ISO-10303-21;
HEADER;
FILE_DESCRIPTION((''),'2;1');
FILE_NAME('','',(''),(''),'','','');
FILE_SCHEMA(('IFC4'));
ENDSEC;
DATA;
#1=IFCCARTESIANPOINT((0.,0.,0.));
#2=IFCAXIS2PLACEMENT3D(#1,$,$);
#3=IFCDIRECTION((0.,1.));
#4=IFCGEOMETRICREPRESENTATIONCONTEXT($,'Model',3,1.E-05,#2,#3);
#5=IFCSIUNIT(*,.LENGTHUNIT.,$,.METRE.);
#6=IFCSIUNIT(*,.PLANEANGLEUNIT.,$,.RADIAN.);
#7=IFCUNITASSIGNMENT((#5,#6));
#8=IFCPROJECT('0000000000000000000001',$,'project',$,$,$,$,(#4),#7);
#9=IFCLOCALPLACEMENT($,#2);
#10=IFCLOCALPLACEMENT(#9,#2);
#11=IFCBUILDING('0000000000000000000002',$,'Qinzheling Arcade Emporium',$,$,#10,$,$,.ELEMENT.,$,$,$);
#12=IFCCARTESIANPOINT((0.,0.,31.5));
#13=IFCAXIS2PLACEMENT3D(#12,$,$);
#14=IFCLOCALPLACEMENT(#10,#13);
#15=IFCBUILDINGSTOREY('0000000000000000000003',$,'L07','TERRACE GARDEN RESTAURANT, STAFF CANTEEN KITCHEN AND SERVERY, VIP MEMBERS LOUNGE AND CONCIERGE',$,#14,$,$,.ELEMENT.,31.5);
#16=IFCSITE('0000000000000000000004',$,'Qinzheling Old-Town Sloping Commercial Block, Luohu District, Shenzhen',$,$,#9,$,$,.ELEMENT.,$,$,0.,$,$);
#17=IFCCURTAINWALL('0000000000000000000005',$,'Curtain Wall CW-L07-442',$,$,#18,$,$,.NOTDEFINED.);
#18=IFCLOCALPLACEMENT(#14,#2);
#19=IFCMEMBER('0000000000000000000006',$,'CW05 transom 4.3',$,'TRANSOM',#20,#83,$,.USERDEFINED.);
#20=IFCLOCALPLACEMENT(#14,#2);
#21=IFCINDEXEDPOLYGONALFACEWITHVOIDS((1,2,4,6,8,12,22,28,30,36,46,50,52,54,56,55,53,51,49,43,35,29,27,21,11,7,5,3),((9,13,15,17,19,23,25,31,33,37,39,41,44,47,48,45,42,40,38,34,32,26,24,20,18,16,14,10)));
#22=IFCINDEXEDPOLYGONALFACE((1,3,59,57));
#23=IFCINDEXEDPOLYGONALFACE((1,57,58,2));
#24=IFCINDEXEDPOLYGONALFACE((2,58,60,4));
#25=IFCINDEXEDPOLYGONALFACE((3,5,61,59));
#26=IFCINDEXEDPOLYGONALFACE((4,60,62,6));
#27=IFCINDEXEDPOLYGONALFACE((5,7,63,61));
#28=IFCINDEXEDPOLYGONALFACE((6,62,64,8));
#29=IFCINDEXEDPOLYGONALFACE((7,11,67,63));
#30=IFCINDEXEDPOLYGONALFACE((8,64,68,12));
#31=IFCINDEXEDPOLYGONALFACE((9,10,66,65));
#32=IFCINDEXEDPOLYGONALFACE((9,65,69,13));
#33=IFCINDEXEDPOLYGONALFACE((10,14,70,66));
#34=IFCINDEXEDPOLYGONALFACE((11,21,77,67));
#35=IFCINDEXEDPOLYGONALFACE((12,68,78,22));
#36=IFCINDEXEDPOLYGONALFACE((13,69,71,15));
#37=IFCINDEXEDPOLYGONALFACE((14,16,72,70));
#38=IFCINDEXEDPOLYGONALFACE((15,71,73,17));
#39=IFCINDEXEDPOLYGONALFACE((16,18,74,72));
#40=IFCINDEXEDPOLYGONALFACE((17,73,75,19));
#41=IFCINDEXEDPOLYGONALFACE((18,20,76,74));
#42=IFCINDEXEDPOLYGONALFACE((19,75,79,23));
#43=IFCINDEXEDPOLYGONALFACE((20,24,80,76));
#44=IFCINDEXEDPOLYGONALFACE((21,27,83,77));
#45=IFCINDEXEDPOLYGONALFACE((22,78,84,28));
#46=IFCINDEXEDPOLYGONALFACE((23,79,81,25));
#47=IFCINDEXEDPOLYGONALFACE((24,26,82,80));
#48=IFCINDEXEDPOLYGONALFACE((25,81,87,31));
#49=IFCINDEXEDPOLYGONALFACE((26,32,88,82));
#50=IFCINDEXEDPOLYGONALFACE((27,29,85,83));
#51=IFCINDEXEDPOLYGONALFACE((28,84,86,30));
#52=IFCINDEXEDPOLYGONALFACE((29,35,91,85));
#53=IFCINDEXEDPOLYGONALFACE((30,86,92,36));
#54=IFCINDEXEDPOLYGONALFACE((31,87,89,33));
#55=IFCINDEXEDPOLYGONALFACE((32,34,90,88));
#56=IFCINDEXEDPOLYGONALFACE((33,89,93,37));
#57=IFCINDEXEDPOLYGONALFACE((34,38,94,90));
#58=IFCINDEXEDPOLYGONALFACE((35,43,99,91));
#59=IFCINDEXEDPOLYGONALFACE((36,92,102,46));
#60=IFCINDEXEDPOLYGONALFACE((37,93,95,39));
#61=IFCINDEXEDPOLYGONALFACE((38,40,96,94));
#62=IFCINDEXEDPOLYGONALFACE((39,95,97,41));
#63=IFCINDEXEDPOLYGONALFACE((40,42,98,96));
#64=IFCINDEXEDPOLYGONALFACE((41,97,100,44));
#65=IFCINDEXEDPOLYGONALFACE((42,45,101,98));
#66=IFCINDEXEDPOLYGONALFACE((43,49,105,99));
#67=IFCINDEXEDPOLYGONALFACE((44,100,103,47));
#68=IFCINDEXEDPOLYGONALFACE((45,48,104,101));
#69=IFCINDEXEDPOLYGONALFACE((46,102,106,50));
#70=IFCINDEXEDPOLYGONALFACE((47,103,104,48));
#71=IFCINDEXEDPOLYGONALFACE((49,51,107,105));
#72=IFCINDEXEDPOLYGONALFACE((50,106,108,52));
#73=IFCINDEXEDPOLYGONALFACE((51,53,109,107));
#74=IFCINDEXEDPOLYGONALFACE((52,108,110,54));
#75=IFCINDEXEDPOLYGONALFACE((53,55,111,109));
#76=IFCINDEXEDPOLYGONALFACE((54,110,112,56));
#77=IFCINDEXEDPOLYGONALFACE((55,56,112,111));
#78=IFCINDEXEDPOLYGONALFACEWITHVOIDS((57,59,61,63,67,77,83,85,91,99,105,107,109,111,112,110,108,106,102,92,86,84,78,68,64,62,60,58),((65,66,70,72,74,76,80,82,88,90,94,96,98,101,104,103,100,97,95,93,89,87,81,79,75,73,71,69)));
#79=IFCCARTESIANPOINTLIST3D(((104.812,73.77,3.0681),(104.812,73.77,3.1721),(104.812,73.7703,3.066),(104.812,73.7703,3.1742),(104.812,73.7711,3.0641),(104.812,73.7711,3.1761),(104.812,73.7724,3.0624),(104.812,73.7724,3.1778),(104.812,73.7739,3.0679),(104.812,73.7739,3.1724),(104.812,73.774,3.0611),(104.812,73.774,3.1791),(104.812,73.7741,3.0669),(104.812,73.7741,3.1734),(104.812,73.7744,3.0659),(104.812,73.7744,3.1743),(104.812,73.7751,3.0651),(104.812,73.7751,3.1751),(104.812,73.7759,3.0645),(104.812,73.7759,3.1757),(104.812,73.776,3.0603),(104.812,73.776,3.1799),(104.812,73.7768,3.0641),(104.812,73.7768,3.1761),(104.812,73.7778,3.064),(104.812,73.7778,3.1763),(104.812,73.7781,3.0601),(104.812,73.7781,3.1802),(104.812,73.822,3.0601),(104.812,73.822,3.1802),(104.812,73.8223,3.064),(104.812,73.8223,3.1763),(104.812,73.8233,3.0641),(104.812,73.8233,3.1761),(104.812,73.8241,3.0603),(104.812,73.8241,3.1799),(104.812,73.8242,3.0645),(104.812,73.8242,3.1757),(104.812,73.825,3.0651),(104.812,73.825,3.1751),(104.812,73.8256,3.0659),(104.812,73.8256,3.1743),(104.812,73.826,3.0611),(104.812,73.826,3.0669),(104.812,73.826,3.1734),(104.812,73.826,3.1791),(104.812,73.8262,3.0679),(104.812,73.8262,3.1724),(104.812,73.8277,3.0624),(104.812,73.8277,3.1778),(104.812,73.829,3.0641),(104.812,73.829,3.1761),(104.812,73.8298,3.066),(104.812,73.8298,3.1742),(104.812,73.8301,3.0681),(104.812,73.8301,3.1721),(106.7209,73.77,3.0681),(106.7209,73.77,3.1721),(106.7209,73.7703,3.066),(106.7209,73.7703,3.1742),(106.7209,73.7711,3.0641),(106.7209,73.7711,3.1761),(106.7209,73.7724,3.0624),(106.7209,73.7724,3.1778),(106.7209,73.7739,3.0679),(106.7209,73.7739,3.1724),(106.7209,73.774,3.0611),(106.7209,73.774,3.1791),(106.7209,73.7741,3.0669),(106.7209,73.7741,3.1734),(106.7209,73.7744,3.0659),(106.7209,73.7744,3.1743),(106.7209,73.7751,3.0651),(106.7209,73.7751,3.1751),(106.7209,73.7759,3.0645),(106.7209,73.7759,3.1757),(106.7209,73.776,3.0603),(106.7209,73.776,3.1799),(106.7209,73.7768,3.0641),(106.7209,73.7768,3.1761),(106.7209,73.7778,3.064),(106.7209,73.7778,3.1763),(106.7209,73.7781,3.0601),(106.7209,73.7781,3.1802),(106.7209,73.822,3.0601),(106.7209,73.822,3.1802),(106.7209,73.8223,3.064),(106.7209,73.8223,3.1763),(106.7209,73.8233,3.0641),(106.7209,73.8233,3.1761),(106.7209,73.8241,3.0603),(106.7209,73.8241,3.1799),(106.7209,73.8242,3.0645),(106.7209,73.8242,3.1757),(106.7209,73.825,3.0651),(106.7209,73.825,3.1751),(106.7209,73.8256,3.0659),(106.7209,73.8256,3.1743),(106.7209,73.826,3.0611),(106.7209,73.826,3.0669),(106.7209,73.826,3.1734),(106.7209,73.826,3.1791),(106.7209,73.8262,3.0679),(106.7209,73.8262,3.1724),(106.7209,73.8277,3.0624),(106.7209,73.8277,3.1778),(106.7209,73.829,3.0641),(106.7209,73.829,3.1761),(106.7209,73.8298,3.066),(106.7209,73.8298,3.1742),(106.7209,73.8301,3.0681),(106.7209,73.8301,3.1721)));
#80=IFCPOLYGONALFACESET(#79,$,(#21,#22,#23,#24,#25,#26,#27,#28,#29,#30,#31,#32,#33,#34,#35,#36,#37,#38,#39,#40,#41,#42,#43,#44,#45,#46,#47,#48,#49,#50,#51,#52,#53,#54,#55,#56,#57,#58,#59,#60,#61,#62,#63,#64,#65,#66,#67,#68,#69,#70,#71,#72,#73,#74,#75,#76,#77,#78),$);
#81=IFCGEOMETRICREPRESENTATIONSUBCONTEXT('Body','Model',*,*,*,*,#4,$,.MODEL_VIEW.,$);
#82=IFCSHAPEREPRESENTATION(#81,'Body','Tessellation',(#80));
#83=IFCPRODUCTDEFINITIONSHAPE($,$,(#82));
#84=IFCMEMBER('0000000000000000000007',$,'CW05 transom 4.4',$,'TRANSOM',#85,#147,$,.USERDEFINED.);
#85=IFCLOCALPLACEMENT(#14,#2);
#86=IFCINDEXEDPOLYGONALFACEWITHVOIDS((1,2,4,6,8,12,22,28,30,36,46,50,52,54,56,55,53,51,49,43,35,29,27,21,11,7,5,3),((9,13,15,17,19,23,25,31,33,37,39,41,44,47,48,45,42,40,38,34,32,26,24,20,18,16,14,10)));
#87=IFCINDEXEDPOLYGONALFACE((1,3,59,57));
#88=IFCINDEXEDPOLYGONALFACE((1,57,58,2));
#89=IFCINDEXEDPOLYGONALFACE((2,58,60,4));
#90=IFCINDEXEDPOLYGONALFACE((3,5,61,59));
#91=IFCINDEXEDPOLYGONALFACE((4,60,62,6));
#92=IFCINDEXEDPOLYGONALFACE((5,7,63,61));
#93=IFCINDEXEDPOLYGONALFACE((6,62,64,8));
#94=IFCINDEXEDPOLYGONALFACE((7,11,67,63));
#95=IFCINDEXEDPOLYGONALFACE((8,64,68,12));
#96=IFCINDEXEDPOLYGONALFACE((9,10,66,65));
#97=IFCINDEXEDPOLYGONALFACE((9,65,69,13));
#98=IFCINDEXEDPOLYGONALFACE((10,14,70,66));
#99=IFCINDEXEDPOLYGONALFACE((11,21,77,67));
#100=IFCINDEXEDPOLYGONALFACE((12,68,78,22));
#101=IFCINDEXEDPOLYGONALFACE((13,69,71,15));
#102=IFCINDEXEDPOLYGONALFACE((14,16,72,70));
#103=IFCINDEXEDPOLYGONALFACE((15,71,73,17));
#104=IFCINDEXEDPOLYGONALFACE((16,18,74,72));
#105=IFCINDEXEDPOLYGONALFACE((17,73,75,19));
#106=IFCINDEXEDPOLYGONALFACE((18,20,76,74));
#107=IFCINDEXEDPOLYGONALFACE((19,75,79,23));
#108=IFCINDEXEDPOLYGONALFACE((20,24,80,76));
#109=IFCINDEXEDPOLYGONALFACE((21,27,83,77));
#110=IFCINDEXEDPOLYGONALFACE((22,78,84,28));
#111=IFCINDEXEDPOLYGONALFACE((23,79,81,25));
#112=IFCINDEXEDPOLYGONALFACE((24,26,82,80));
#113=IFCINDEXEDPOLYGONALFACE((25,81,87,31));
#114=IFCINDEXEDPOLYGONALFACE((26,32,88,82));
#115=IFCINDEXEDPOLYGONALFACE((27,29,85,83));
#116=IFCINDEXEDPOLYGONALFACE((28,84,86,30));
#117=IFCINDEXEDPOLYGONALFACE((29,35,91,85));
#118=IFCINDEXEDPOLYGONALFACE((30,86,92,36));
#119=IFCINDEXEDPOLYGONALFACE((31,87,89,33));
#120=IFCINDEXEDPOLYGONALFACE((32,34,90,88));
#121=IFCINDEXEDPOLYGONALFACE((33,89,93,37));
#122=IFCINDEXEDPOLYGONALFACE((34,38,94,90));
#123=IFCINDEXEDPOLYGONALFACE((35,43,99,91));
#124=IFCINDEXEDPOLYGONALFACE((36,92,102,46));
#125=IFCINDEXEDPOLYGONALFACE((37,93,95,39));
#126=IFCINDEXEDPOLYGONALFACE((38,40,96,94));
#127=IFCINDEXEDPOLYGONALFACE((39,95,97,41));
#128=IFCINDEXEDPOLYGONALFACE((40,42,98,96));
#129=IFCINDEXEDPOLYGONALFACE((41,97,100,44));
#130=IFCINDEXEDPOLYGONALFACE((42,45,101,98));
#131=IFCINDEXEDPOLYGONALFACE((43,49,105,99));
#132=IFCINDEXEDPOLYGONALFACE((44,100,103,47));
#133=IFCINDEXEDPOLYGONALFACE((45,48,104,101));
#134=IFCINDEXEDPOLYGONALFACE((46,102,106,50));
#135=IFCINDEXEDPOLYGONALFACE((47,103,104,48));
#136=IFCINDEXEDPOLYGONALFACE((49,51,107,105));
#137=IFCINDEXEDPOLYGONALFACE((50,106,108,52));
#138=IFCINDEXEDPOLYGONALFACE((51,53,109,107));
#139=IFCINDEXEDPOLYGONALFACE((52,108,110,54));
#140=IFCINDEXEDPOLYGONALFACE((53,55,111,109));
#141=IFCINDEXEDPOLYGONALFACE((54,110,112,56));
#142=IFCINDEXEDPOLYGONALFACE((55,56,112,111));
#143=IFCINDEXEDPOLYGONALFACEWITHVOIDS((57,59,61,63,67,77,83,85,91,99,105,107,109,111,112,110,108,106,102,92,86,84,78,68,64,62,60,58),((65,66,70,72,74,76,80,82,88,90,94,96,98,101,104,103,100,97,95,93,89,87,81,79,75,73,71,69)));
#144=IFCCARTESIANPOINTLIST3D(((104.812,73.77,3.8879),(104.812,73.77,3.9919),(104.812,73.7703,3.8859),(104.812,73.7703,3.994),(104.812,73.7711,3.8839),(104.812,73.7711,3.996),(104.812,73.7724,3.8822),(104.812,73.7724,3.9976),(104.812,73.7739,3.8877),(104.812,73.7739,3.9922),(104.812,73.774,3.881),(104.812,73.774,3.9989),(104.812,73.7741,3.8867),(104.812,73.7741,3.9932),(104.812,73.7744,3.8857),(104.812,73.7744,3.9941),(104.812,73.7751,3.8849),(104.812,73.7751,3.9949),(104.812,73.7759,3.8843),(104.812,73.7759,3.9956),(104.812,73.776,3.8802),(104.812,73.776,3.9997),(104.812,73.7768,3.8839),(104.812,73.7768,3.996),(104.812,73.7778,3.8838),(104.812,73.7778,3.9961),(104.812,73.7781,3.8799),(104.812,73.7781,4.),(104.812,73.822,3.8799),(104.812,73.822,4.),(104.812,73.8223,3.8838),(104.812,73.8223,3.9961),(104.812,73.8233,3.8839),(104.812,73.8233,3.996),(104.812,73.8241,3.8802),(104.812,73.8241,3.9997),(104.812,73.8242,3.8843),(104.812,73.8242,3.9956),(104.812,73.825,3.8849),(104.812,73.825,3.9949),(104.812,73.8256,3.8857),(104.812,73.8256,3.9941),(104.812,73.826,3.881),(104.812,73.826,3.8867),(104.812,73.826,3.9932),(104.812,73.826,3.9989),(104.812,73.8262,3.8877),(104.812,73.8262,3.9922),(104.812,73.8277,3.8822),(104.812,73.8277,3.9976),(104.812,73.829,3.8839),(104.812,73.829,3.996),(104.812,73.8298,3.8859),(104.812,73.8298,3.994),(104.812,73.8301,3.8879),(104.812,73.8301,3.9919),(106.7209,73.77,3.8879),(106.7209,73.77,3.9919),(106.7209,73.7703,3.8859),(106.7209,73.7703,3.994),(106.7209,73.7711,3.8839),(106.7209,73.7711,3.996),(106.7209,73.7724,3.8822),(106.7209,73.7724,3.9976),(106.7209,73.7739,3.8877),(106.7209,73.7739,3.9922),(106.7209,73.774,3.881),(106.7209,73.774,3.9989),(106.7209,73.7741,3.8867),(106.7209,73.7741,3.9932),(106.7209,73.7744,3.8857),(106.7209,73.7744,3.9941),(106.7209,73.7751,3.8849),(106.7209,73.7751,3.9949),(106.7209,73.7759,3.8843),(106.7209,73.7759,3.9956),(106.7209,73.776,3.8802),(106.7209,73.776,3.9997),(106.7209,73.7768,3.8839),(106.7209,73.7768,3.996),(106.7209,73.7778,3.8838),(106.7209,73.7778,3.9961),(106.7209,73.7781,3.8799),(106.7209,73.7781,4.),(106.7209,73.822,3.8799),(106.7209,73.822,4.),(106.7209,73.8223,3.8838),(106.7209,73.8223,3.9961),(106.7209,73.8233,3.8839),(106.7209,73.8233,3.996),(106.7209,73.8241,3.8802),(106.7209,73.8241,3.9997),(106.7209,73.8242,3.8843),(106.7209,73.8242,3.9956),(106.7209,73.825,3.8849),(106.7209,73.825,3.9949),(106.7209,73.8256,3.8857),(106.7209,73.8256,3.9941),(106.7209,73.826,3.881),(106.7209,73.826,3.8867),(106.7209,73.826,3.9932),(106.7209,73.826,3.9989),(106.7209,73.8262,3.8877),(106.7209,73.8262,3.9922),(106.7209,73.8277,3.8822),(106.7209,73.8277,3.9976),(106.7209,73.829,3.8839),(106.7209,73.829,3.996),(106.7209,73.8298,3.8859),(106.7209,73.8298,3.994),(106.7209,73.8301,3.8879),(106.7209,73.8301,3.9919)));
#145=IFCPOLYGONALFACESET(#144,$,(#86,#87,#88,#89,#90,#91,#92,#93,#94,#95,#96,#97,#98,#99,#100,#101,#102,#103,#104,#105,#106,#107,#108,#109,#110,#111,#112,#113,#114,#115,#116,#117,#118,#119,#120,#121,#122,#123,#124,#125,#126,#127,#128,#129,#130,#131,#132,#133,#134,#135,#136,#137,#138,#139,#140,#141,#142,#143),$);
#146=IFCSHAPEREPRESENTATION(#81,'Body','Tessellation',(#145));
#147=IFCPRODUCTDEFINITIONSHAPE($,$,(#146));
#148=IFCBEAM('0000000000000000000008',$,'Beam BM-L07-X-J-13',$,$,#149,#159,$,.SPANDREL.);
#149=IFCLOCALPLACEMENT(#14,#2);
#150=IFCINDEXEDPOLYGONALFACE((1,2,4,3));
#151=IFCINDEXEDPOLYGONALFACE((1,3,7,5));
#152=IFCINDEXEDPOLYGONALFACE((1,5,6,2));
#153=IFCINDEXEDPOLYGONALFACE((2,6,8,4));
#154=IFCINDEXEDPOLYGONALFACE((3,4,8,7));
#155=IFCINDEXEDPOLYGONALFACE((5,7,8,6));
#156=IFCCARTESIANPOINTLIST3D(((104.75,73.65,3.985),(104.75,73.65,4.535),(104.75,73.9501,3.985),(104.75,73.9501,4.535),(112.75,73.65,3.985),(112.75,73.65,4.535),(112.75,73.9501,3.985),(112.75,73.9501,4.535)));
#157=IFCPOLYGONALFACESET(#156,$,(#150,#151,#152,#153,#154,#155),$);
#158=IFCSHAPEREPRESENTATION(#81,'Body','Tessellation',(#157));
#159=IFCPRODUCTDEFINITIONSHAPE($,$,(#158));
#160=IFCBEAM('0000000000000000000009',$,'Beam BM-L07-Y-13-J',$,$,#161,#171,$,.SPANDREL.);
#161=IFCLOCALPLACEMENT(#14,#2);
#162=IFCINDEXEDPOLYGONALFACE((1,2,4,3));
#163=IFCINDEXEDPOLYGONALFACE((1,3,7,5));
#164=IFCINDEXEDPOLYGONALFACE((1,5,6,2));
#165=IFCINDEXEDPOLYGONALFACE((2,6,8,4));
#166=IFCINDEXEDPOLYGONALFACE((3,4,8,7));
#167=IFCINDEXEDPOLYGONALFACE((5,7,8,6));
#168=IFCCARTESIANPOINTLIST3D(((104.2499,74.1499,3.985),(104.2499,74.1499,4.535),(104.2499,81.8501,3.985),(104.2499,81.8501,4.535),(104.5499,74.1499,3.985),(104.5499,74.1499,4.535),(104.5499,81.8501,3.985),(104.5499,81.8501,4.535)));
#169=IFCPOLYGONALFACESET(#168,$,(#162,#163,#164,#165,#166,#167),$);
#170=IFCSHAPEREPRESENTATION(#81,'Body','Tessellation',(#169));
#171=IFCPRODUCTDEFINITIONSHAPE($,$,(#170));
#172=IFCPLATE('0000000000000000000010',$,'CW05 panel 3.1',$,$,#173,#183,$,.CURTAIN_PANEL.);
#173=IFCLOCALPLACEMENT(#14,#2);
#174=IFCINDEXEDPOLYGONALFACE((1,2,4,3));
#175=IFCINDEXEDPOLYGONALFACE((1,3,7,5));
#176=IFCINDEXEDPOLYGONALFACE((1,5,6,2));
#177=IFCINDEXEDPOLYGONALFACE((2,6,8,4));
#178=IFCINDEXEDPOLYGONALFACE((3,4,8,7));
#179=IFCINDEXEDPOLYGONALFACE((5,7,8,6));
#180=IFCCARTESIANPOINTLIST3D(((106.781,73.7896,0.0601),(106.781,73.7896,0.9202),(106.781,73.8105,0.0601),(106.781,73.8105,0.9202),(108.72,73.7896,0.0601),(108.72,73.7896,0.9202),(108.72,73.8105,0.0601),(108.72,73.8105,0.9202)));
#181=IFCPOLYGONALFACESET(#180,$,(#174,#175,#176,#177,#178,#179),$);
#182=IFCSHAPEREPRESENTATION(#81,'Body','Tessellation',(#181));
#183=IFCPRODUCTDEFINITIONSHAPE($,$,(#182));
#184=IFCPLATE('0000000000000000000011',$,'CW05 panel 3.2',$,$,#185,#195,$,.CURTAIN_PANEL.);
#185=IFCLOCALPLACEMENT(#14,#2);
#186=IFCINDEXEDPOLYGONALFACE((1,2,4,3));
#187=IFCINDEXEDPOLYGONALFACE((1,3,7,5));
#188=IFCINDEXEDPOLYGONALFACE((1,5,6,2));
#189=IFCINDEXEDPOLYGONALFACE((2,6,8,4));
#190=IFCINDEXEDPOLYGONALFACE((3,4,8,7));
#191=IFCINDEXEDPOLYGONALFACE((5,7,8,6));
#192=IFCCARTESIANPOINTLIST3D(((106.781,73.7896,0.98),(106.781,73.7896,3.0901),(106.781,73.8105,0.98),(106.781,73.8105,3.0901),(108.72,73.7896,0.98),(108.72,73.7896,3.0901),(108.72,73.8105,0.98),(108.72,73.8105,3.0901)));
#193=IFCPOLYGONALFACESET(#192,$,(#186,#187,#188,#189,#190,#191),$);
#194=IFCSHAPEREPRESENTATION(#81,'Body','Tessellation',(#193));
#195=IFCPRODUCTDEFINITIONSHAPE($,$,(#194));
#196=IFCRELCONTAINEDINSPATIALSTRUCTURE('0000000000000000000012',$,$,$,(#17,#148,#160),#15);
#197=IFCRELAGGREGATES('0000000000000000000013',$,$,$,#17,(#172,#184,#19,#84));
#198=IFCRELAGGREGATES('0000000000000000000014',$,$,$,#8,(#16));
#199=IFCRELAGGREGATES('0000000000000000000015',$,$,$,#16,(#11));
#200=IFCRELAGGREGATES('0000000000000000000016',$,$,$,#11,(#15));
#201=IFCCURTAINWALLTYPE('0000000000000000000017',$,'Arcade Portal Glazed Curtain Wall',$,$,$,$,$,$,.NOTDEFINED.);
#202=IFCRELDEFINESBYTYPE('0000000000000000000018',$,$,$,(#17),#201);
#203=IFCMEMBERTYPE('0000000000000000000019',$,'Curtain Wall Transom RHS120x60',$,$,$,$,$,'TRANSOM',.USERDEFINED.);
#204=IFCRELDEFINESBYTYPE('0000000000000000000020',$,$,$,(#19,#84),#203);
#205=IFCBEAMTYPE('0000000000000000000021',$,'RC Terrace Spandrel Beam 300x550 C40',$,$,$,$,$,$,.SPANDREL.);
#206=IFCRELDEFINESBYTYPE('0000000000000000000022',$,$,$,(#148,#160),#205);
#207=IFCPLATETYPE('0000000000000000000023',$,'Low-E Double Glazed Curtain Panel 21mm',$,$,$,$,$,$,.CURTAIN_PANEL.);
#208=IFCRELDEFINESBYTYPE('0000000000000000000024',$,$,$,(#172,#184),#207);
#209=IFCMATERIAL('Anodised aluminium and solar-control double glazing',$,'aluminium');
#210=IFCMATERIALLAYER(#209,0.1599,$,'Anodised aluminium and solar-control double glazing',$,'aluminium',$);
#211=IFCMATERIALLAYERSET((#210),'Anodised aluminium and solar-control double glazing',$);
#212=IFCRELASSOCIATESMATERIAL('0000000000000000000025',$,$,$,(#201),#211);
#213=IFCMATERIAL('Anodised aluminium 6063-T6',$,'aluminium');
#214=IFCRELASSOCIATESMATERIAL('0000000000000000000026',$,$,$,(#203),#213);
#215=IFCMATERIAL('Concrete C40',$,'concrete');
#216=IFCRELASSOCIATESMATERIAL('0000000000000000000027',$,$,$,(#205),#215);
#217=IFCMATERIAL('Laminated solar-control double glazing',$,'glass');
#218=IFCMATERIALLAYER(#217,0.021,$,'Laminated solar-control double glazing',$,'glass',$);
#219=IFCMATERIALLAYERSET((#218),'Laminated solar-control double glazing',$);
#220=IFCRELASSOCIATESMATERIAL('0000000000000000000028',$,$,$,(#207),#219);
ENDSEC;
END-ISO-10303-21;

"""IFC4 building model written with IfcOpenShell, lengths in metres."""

from ifc_helpers import new_model, si_unit, direction, frame, origin, origin_2d, place, context, subcontext, project, spatial, rectangle, hollow_rectangle, extrude, material, layer, layer_set, material_profile, profile_set, type_object, element, aggregate, save


model = new_model("IFC4")

# Units and contexts
model_context = context("Model", 3, precision=1e-05, world=origin(), true_north=direction((0.0, 1.0)))
body_context = subcontext(model_context, "Body", "Model", "MODEL_VIEW")
ifc_project = project(units=[si_unit("LENGTHUNIT", "METRE"), si_unit("PLANEANGLEUNIT", "RADIAN")], contexts=[model_context])

# Site, building, storey
site_placement = place(None, origin())
site = spatial("IfcSite", under=ifc_project, at=site_placement, Name="Qinzheling Old-Town Sloping Commercial Block, Luohu District, Shenzhen", CompositionType="ELEMENT", RefElevation=0.0)
building_placement = place(site_placement, origin())
building = spatial("IfcBuilding", under=site, at=building_placement, Name="Qinzheling Arcade Emporium", CompositionType="ELEMENT")
storey_placement = place(building_placement, frame((0.0, 0.0, 31.5)))
storey = spatial("IfcBuildingStorey", under=building, at=storey_placement, Name="L07", Description="TERRACE GARDEN RESTAURANT, STAFF CANTEEN KITCHEN AND SERVERY, VIP MEMBERS LOUNGE AND CONCIERGE", CompositionType="ELEMENT", Elevation=31.5)

# Shared definitions
ifc_material_1 = material(Name="Concrete C40", Category="concrete")

# Shared definitions
ifc_material_2 = material(Name="Anodised aluminium and solar-control double glazing", Category="aluminium")
ifc_material_3 = material(Name="Anodised aluminium 6063-T6", Category="aluminium")

# Curtain wall, members
ifc_layer_1 = layer(ifc_material_2, 0.1599, Name="Anodised aluminium and solar-control double glazing", Category="aluminium")
ifc_layer_set_1 = layer_set([ifc_layer_1], Name="Anodised aluminium and solar-control double glazing")
curtain_wall_type_1 = type_object("IfcCurtainWallType", Name="Arcade Portal Glazed Curtain Wall", PredefinedType="NOTDEFINED", material=ifc_layer_set_1)
curtain_wall_1_placement = place(storey_placement, origin())
curtain_wall_1 = element("IfcCurtainWall", 1, at=curtain_wall_1_placement, inside=storey, type_object=curtain_wall_type_1, Name="Curtain Wall CW-L07-442", PredefinedType="NOTDEFINED")
ifc_material_profile_1 = material_profile(ifc_material_3, hollow_rectangle(XDim=0.0601, YDim=0.1201, WallThickness=0.0039, InnerFilletRadius=0.0039, OuterFilletRadius=0.0081, at=origin_2d()), Name="RHS 120x60x4", Category="aluminium")
ifc_profile_set_1 = profile_set([ifc_material_profile_1], Name="Anodised aluminium 6063-T6")
member_type_1 = type_object("IfcMemberType", Name="Curtain Wall Transom RHS120x60", ElementType="TRANSOM", PredefinedType="USERDEFINED", material=ifc_profile_set_1)
member_1_placement = place(storey_placement, frame((106.7209, 73.8, 3.1201), z_axis=(-1.0, 0.0, 0.0), x_axis=(0.0, -1.0, 0.0)))
member_1 = element("IfcMember", 2, at=member_1_placement, type_object=member_type_1, Name="CW05 transom 4.3", ObjectType="TRANSOM", PredefinedType="USERDEFINED", context=body_context, shape_type="SweptSolid", body=[
    extrude(hollow_rectangle(XDim=0.0601, YDim=0.1201, WallThickness=0.0039, InnerFilletRadius=0.0039, OuterFilletRadius=0.0081, at=origin_2d()), origin(), (0.0, 0.0, 1.0), 1.9089),
])
member_2_placement = place(storey_placement, frame((106.7209, 73.8, 3.9399), z_axis=(-1.0, 0.0, 0.0), x_axis=(0.0, -1.0, 0.0)))
member_2 = element("IfcMember", 3, at=member_2_placement, type_object=member_type_1, Name="CW05 transom 4.4", ObjectType="TRANSOM", PredefinedType="USERDEFINED", context=body_context, shape_type="SweptSolid", body=[
    extrude(hollow_rectangle(XDim=0.0601, YDim=0.1201, WallThickness=0.0039, InnerFilletRadius=0.0039, OuterFilletRadius=0.0081, at=origin_2d()), origin(), (0.0, 0.0, 1.0), 1.9089),
])

# Beams
ifc_material_profile_2 = material_profile(ifc_material_1, rectangle(XDim=0.3, YDim=0.55, at=origin_2d()), Name="RC 300x550", Category="concrete")
ifc_profile_set_2 = profile_set([ifc_material_profile_2], Name="Concrete C40")
beam_type = type_object("IfcBeamType", Name="RC Terrace Spandrel Beam 300x550 C40", PredefinedType="SPANDREL", material=ifc_profile_set_2)
beam_1_placement = place(storey_placement, frame((104.75, 73.8, 4.26), z_axis=(1.0, 0.0, 0.0), x_axis=(0.0, 1.0, 0.0)))
element("IfcBeam", 4, at=beam_1_placement, inside=storey, type_object=beam_type, Name="Beam BM-L07-X-J-13", PredefinedType="SPANDREL", context=body_context, shape_type="SweptSolid", body=[
    extrude(rectangle(XDim=0.3, YDim=0.55, at=origin_2d()), origin(), (0.0, 0.0, 1.0), 8.0),
])
beam_2_placement = place(storey_placement, frame((104.3999, 74.1499, 4.26), z_axis=(0.0, 1.0, 0.0), x_axis=(-1.0, 0.0, 0.0)))
element("IfcBeam", 5, at=beam_2_placement, inside=storey, type_object=beam_type, Name="Beam BM-L07-Y-13-J", PredefinedType="SPANDREL", context=body_context, shape_type="SweptSolid", body=[
    extrude(rectangle(XDim=0.3, YDim=0.55, at=origin_2d()), origin(), (0.0, 0.0, 1.0), 7.7002),
])

# Plates
ifc_material_4 = material(Name="Laminated solar-control double glazing", Category="glass")
ifc_layer_2 = layer(ifc_material_4, 0.021, Name="Laminated solar-control double glazing", Category="glass")
ifc_layer_set_2 = layer_set([ifc_layer_2], Name="Laminated solar-control double glazing")
plate_type = type_object("IfcPlateType", Name="Low-E Double Glazed Curtain Panel 21mm", PredefinedType="CURTAIN_PANEL", material=ifc_layer_set_2)
plate_1_placement = place(storey_placement, frame((107.7505, 73.8, 0.0601), z_axis=(0.0, 0.0, 1.0), x_axis=(-1.0, 0.0, 0.0)))
plate_1 = element("IfcPlate", 6, at=plate_1_placement, type_object=plate_type, Name="CW05 panel 3.1", PredefinedType="CURTAIN_PANEL", context=body_context, shape_type="SweptSolid", body=[
    extrude(rectangle(XDim=1.939, YDim=0.021, at=origin_2d()), origin(), (0.0, 0.0, 1.0), 0.8601),
])
plate_2_placement = place(storey_placement, frame((107.7505, 73.8, 0.98), z_axis=(0.0, 0.0, 1.0), x_axis=(-1.0, 0.0, 0.0)))
plate_2 = element("IfcPlate", 7, at=plate_2_placement, type_object=plate_type, Name="CW05 panel 3.2", PredefinedType="CURTAIN_PANEL", context=body_context, shape_type="SweptSolid", body=[
    extrude(rectangle(XDim=1.939, YDim=0.021, at=origin_2d()), origin(), (0.0, 0.0, 1.0), 2.1101),
])
aggregate(curtain_wall_1, [plate_1, plate_2, member_1, member_2])

save(model, "model.ifc")
